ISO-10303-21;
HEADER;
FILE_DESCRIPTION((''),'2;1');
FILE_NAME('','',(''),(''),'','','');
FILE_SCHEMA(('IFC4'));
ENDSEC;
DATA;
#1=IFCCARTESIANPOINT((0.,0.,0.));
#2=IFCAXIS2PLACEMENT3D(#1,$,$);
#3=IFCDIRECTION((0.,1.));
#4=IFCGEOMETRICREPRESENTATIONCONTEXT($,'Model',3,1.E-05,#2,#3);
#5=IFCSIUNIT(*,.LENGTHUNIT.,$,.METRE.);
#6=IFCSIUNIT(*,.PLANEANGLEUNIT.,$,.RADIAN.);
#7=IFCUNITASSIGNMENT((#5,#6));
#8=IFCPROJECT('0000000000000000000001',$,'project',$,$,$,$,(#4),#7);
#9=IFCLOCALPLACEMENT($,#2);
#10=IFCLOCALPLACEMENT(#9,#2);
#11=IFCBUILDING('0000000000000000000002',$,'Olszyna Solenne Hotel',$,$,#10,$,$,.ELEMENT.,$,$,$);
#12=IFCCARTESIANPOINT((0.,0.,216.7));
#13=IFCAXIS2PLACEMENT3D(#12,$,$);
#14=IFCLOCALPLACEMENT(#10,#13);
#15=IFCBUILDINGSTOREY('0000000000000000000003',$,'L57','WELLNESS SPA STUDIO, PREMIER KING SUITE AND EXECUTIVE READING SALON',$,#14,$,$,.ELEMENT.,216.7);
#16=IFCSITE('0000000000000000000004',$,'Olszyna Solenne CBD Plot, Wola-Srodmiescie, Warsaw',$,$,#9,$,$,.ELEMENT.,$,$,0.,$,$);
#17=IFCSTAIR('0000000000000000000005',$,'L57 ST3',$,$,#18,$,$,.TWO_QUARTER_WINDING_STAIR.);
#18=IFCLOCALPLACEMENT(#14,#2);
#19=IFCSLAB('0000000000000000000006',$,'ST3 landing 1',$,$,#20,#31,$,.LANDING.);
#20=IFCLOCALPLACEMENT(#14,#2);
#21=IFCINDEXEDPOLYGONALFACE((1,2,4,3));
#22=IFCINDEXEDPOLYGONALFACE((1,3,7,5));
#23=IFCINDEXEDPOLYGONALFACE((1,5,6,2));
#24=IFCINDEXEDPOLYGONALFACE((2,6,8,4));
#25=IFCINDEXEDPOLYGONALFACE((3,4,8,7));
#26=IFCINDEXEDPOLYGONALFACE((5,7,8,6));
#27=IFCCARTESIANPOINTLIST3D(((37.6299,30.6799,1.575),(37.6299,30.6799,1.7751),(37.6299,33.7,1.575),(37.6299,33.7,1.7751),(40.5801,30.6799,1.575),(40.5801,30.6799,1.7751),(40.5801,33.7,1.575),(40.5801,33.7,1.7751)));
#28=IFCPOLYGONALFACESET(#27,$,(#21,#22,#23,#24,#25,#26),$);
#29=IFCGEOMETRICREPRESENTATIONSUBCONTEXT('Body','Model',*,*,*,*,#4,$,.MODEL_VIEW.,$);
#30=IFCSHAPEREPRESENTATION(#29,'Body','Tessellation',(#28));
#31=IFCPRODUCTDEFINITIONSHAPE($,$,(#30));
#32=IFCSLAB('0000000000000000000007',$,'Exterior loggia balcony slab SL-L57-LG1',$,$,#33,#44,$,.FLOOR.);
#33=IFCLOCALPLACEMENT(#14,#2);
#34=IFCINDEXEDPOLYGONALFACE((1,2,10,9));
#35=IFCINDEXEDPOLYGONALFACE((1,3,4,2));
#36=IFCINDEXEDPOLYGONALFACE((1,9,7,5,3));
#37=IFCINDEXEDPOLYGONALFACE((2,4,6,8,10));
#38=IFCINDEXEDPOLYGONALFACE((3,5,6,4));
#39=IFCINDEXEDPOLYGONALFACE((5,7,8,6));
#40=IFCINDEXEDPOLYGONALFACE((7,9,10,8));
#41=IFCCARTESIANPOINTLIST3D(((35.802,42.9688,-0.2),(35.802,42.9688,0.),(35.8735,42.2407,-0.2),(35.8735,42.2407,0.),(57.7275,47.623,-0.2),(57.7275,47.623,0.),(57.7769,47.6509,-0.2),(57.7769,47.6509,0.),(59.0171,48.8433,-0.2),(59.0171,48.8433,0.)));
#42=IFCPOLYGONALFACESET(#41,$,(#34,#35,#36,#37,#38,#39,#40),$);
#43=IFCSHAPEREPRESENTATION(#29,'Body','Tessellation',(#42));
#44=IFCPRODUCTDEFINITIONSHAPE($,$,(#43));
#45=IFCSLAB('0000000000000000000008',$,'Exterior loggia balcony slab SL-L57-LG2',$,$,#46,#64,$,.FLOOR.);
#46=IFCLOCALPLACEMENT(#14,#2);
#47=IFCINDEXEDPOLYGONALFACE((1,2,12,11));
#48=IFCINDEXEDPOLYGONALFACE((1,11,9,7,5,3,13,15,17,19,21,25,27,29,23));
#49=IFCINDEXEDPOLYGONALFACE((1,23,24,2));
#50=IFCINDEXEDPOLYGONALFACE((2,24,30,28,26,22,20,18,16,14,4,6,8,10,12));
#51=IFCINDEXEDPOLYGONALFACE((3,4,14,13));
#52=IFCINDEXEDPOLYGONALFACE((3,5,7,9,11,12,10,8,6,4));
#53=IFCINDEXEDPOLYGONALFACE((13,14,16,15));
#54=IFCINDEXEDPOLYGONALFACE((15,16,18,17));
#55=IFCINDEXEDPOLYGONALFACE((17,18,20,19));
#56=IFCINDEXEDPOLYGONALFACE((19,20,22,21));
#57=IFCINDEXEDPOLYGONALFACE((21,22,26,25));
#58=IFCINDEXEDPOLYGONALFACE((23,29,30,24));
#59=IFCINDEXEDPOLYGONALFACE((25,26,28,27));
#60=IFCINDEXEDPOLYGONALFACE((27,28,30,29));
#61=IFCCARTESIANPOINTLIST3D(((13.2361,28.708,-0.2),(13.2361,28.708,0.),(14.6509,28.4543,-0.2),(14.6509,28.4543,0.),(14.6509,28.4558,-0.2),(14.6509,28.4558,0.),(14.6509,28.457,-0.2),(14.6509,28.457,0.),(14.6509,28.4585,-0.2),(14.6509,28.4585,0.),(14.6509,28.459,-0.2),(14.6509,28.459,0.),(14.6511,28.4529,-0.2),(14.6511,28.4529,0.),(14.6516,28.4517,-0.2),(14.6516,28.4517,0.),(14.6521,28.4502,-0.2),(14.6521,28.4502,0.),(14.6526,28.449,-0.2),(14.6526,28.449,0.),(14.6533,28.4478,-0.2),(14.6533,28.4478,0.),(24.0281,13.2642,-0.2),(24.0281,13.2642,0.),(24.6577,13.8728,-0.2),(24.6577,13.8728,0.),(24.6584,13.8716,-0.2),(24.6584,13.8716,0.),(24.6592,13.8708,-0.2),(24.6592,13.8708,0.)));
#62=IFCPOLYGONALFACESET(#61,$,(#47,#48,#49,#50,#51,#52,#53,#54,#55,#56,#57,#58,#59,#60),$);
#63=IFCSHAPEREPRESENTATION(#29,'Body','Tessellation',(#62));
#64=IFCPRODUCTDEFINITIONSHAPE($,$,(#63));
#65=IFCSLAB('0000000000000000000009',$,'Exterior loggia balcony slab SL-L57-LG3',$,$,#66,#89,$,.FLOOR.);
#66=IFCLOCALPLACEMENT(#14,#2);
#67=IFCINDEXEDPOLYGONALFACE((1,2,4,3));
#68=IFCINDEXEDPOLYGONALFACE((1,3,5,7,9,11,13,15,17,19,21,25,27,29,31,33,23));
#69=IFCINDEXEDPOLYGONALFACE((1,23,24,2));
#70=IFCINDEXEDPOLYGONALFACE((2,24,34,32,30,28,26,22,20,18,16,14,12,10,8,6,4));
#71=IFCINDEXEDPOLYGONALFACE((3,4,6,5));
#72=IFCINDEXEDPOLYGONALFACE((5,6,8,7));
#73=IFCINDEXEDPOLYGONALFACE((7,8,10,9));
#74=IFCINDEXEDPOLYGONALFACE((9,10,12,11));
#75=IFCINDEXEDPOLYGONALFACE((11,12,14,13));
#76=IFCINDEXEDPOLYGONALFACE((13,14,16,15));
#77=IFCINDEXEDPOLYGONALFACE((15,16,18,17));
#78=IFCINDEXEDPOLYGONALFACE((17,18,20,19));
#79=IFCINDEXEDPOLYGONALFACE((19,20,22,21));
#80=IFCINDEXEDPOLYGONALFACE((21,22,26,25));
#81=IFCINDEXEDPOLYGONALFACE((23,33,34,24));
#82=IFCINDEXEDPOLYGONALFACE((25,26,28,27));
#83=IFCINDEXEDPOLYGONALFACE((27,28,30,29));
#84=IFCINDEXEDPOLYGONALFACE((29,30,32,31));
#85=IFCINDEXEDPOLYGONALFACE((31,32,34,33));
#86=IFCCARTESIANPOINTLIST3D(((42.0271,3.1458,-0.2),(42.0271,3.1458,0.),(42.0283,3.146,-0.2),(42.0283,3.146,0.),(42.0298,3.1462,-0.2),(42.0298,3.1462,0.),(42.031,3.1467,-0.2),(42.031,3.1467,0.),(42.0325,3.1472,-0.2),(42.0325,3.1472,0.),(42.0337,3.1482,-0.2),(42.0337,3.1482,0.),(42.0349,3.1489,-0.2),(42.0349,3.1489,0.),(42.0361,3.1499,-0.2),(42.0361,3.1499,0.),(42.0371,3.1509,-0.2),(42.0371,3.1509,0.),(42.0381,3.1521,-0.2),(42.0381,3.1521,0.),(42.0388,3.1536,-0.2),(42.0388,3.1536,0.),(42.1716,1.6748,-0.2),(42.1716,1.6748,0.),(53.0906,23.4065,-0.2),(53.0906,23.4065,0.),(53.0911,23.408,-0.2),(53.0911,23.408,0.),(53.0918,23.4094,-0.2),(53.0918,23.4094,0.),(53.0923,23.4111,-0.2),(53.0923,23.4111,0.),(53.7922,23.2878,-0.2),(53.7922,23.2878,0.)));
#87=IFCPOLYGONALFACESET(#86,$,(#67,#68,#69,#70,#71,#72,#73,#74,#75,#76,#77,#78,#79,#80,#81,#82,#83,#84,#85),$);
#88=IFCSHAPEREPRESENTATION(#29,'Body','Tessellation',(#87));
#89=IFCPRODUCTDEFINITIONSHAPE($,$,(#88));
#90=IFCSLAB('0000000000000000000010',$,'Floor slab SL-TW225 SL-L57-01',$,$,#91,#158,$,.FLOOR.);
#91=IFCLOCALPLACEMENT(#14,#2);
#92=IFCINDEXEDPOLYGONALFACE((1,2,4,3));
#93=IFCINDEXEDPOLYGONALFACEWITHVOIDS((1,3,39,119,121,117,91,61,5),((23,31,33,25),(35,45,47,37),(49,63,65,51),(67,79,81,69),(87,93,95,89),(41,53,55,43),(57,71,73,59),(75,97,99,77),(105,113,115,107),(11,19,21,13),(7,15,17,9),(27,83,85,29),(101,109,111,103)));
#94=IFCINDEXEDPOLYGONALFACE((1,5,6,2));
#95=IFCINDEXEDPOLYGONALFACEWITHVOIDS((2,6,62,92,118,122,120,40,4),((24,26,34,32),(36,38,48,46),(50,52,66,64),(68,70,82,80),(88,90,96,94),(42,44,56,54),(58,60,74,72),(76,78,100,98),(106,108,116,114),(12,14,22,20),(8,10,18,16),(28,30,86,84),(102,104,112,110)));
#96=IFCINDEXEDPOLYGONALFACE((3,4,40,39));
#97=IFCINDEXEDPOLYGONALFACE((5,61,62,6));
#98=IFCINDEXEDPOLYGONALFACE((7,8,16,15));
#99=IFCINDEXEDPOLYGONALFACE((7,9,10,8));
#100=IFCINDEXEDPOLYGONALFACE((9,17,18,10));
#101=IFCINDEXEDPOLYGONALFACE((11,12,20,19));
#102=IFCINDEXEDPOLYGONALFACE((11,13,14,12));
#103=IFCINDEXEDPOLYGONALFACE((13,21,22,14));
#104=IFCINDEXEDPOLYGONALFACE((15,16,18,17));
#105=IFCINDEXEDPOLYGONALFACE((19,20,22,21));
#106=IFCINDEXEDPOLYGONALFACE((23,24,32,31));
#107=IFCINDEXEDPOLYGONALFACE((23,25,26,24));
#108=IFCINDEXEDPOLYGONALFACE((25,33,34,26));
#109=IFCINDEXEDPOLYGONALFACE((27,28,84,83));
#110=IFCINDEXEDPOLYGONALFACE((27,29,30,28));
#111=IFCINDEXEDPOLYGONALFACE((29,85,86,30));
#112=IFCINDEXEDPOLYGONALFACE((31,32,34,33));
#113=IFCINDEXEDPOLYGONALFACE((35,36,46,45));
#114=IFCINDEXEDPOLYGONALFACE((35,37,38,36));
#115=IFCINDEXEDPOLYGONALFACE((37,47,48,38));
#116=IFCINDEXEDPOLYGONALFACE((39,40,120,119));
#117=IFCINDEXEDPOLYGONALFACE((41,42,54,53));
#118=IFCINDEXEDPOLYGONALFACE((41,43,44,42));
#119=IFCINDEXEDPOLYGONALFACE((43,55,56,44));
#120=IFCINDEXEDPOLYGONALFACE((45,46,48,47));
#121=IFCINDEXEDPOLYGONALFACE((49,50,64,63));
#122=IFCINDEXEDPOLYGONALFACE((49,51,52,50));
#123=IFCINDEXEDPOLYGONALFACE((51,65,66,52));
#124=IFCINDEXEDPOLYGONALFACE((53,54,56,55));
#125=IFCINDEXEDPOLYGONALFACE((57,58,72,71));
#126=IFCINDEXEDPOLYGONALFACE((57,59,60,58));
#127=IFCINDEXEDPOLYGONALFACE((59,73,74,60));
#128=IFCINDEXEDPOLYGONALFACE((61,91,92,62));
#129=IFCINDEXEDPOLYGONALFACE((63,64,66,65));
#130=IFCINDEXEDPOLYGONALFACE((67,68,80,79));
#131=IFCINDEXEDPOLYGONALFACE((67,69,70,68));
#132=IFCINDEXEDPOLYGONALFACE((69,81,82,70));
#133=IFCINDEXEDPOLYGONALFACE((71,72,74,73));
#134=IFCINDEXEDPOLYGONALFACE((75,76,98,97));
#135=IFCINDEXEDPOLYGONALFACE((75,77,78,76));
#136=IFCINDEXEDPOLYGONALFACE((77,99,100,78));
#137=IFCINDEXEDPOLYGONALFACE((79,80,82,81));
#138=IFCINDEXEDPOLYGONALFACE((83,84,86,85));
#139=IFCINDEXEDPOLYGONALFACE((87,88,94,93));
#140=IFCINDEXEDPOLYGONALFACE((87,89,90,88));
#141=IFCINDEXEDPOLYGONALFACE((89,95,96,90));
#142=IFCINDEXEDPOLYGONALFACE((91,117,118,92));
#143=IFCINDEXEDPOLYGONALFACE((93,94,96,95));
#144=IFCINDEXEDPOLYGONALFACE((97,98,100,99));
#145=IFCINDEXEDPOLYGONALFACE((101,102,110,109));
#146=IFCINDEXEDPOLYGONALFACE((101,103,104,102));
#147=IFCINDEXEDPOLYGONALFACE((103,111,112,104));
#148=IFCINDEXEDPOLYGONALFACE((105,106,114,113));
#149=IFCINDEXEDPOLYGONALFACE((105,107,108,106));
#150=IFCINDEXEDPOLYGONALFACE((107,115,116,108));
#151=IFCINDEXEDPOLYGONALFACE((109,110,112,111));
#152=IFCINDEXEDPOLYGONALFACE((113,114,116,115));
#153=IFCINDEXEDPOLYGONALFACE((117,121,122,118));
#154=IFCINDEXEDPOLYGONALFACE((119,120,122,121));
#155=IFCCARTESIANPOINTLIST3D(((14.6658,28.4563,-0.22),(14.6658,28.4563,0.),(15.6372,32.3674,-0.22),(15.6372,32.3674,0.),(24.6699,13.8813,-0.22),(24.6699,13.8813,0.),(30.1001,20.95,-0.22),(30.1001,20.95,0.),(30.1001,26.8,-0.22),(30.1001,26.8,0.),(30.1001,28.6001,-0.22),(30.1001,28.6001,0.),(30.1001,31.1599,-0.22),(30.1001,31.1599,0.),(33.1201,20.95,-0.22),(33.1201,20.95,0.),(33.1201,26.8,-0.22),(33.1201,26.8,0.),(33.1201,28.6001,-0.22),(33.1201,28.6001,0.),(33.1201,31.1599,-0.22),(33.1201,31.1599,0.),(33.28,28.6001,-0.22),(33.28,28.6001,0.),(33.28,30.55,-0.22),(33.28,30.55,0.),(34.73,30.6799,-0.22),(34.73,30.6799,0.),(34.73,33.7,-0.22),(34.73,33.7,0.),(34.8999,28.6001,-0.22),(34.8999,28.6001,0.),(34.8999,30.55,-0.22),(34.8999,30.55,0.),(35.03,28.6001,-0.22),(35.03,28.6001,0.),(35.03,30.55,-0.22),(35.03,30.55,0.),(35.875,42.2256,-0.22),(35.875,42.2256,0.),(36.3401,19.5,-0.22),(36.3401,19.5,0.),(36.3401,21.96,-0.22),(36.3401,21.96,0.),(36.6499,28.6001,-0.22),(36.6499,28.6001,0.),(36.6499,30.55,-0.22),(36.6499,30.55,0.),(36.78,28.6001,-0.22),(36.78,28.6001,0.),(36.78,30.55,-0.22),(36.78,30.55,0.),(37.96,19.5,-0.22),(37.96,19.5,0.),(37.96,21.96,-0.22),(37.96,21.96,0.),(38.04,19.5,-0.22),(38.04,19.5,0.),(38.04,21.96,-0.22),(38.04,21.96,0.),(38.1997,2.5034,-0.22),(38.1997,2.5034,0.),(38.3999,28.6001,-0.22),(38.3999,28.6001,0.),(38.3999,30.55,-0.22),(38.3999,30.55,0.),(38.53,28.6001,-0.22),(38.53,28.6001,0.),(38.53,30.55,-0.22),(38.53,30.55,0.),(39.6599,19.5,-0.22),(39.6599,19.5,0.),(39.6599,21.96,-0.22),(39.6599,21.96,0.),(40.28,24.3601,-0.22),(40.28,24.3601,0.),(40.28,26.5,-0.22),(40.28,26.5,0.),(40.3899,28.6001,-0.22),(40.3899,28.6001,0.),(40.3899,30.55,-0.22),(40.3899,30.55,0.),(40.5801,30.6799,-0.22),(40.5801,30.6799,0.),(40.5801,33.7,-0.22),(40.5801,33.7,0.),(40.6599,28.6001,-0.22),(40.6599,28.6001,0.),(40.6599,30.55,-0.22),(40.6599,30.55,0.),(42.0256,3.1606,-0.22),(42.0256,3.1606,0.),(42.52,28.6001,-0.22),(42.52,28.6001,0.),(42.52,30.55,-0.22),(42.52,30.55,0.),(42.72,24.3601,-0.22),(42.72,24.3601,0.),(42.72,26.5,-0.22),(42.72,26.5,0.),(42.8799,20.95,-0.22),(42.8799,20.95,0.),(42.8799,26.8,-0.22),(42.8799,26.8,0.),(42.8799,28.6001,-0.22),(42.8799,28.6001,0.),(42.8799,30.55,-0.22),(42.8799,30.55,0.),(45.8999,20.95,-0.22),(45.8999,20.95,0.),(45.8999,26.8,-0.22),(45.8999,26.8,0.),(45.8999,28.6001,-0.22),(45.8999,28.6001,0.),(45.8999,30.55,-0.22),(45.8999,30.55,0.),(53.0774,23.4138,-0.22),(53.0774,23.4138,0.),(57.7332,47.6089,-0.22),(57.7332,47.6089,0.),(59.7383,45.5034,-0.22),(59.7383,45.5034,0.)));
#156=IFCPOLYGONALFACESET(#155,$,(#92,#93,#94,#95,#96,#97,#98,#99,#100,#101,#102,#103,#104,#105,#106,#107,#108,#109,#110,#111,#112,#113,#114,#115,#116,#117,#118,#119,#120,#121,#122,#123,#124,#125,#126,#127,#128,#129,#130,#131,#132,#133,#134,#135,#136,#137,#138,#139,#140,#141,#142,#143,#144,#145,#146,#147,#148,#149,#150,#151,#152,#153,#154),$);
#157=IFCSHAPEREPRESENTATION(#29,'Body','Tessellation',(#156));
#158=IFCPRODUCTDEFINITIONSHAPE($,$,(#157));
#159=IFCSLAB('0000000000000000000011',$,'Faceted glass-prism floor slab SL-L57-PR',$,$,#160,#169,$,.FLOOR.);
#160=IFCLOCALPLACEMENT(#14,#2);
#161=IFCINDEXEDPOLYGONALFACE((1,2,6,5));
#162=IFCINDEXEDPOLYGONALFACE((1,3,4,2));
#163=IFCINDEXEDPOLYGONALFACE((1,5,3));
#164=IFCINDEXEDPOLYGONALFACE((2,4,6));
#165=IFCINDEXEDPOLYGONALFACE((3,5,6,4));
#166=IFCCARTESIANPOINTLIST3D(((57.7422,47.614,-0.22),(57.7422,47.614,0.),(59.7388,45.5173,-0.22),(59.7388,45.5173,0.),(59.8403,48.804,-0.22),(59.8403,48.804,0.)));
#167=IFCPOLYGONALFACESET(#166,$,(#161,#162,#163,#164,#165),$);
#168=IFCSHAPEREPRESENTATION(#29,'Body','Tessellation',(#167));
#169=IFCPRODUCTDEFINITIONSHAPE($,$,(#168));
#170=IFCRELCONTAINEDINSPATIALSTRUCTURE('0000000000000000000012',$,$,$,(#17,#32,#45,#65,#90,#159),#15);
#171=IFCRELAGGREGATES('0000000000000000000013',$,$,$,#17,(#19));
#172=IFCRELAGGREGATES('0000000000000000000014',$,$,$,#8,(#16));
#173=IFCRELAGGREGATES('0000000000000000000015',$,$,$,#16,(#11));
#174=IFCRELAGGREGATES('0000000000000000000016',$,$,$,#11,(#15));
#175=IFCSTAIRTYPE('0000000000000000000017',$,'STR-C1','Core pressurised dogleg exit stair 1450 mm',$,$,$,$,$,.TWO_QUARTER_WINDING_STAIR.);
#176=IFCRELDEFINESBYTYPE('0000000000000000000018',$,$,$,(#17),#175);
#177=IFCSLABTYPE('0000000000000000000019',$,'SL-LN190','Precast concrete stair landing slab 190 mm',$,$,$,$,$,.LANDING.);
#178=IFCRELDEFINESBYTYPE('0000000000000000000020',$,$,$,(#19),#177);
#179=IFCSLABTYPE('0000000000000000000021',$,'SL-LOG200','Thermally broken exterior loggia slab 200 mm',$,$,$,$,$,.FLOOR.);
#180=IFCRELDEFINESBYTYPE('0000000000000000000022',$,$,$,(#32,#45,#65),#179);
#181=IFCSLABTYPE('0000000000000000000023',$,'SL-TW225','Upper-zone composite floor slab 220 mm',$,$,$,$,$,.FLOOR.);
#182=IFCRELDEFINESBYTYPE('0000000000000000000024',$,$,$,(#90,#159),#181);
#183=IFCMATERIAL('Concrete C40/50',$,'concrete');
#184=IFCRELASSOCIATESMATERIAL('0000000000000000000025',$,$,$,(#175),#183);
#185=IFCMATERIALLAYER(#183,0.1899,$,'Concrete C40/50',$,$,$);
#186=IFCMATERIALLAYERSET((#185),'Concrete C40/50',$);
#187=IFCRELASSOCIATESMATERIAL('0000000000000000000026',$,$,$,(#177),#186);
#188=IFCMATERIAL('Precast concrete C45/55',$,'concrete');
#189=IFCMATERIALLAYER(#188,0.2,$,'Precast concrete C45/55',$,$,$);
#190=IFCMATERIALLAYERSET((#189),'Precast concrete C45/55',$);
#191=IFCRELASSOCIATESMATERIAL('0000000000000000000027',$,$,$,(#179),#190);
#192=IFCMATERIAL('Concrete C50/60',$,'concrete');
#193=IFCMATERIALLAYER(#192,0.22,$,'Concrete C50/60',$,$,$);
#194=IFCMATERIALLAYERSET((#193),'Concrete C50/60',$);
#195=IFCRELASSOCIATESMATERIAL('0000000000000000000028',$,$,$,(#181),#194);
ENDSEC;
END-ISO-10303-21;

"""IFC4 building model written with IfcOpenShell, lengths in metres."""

from ifc_helpers import new_model, si_unit, direction, frame, origin, place, context, subcontext, project, spatial, polyline, outline, extrude, material, layer, layer_set, type_object, element, aggregate, save


model = new_model("IFC4")

# Units and contexts
model_context = context("Model", 3, precision=1e-05, world=origin(), true_north=direction((0.0, 1.0)))
body_context = subcontext(model_context, "Body", "Model", "MODEL_VIEW")
ifc_project = project(units=[si_unit("LENGTHUNIT", "METRE"), si_unit("PLANEANGLEUNIT", "RADIAN")], contexts=[model_context])

# Site, building, storey
site_placement = place(None, origin())
site = spatial("IfcSite", under=ifc_project, at=site_placement, Name="Olszyna Solenne CBD Plot, Wola-Srodmiescie, Warsaw", CompositionType="ELEMENT", RefElevation=0.0)
building_placement = place(site_placement, origin())
building = spatial("IfcBuilding", under=site, at=building_placement, Name="Olszyna Solenne Hotel", CompositionType="ELEMENT")
storey_placement = place(building_placement, frame((0.0, 0.0, 216.7)))
storey = spatial("IfcBuildingStorey", under=building, at=storey_placement, Name="L57", Description="WELLNESS SPA STUDIO, PREMIER KING SUITE AND EXECUTIVE READING SALON", CompositionType="ELEMENT", Elevation=216.7)

# Stair, slab
ifc_material_1 = material(Name="Concrete C40/50", Category="concrete")
stair_type = type_object("IfcStairType", Name="STR-C1", Description="Core pressurised dogleg exit stair 1450 mm", PredefinedType="TWO_QUARTER_WINDING_STAIR", material=ifc_material_1)
ifc_layer_1 = layer(ifc_material_1, 0.1899, Name="Concrete C40/50")
ifc_layer_set_1 = layer_set([ifc_layer_1], Name="Concrete C40/50")
slab_type_1 = type_object("IfcSlabType", Name="SL-LN190", Description="Precast concrete stair landing slab 190 mm", PredefinedType="LANDING", material=ifc_layer_set_1)
stair_1_placement = place(storey_placement, origin())
stair_1 = element("IfcStair", 1, at=stair_1_placement, inside=storey, type_object=stair_type, Name="L57 ST3", PredefinedType="TWO_QUARTER_WINDING_STAIR")
slab_1_placement = place(storey_placement, frame((0.0, 0.0, 1.575)))
slab_1 = element("IfcSlab", 2, at=slab_1_placement, type_object=slab_type_1, Name="ST3 landing 1", PredefinedType="LANDING", context=body_context, shape_type="SweptSolid", body=[
    extrude(outline(polyline([(37.6299, 30.6799), (40.5801, 30.6799), (40.5801, 33.7), (37.6299, 33.7), (37.6299, 30.6799)])), origin(), (0.0, 0.0, 1.0), 0.2002),
])
aggregate(stair_1, [slab_1])

# Slabs
ifc_material_2 = material(Name="Precast concrete C45/55", Category="concrete")
ifc_layer_2 = layer(ifc_material_2, 0.2, Name="Precast concrete C45/55")
ifc_layer_set_2 = layer_set([ifc_layer_2], Name="Precast concrete C45/55")
slab_type_2 = type_object("IfcSlabType", Name="SL-LOG200", Description="Thermally broken exterior loggia slab 200 mm", PredefinedType="FLOOR", material=ifc_layer_set_2)
slab_2_placement = place(storey_placement, frame((0.0, 0.0, -0.2)))
element("IfcSlab", 3, at=slab_2_placement, inside=storey, type_object=slab_type_2, Name="Exterior loggia balcony slab SL-L57-LG1", PredefinedType="FLOOR", context=body_context, shape_type="SweptSolid", body=[
    extrude(outline(polyline([(35.8735, 42.2407), (57.7275, 47.623), (57.7769, 47.6509), (59.0171, 48.8433), (35.802, 42.9688), (35.8735, 42.2407)])), origin(), (0.0, 0.0, 1.0), 0.2),
])
slab_3_placement = place(storey_placement, frame((0.0, 0.0, -0.2)))
element("IfcSlab", 4, at=slab_3_placement, inside=storey, type_object=slab_type_2, Name="Exterior loggia balcony slab SL-L57-LG2", PredefinedType="FLOOR", context=body_context, shape_type="SweptSolid", body=[
    extrude(outline(polyline([(24.6592, 13.8708), (24.6584, 13.8716), (24.6577, 13.8728), (14.6533, 28.4478), (14.6526, 28.449), (14.6521, 28.4502), (14.6516, 28.4517), (14.6511, 28.4529), (14.6509, 28.4543), (14.6509, 28.4558), (14.6509, 28.457), (14.6509, 28.4585), (14.6509, 28.459), (13.2361, 28.708), (24.0281, 13.2642), (24.6592, 13.8708)])), origin(), (0.0, 0.0, 1.0), 0.2),
])
slab_4_placement = place(storey_placement, frame((0.0, 0.0, -0.2)))
element("IfcSlab", 5, at=slab_4_placement, inside=storey, type_object=slab_type_2, Name="Exterior loggia balcony slab SL-L57-LG3", PredefinedType="FLOOR", context=body_context, shape_type="SweptSolid", body=[
    extrude(outline(polyline([(53.0923, 23.4111), (53.0918, 23.4094), (53.0911, 23.408), (53.0906, 23.4065), (42.0388, 3.1536), (42.0381, 3.1521), (42.0371, 3.1509), (42.0361, 3.1499), (42.0349, 3.1489), (42.0337, 3.1482), (42.0325, 3.1472), (42.031, 3.1467), (42.0298, 3.1462), (42.0283, 3.146), (42.0271, 3.1458), (42.1716, 1.6748), (53.7922, 23.2878), (53.0923, 23.4111)])), origin(), (0.0, 0.0, 1.0), 0.2),
])
ifc_material_3 = material(Name="Concrete C50/60", Category="concrete")
ifc_layer_3 = layer(ifc_material_3, 0.22, Name="Concrete C50/60")
ifc_layer_set_3 = layer_set([ifc_layer_3], Name="Concrete C50/60")
slab_type_3 = type_object("IfcSlabType", Name="SL-TW225", Description="Upper-zone composite floor slab 220 mm", PredefinedType="FLOOR", material=ifc_layer_set_3)
slab_5_placement = place(storey_placement, frame((0.0, 0.0, -0.22)))
element("IfcSlab", 6, at=slab_5_placement, inside=storey, type_object=slab_type_3, Name="Floor slab SL-TW225 SL-L57-01", PredefinedType="FLOOR", context=body_context, shape_type="SweptSolid", body=[
    extrude(outline(polyline([(59.7383, 45.5034), (57.7332, 47.6089), (35.875, 42.2256), (15.6372, 32.3674), (14.6658, 28.4563), (24.6699, 13.8813), (38.1997, 2.5034), (42.0256, 3.1606), (53.0774, 23.4138), (59.7383, 45.5034)]), holes=[polyline([(30.1001, 20.95), (33.1201, 20.95), (33.1201, 26.8), (30.1001, 26.8), (30.1001, 20.95)]), polyline([(42.8799, 20.95), (45.8999, 20.95), (45.8999, 26.8), (42.8799, 26.8), (42.8799, 20.95)]), polyline([(34.73, 30.6799), (40.5801, 30.6799), (40.5801, 33.7), (34.73, 33.7), (34.73, 30.6799)]), polyline([(36.3401, 19.5), (37.96, 19.5), (37.96, 21.96), (36.3401, 21.96), (36.3401, 19.5)]), polyline([(38.04, 19.5), (39.6599, 19.5), (39.6599, 21.96), (38.04, 21.96), (38.04, 19.5)]), polyline([(30.1001, 28.6001), (33.1201, 28.6001), (33.1201, 31.1599), (30.1001, 31.1599), (30.1001, 28.6001)]), polyline([(40.28, 24.3601), (42.72, 24.3601), (42.72, 26.5), (40.28, 26.5), (40.28, 24.3601)]), polyline([(33.28, 28.6001), (34.8999, 28.6001), (34.8999, 30.55), (33.28, 30.55), (33.28, 28.6001)]), polyline([(35.03, 28.6001), (36.6499, 28.6001), (36.6499, 30.55), (35.03, 30.55), (35.03, 28.6001)]), polyline([(36.78, 28.6001), (38.3999, 28.6001), (38.3999, 30.55), (36.78, 30.55), (36.78, 28.6001)]), polyline([(38.53, 28.6001), (40.3899, 28.6001), (40.3899, 30.55), (38.53, 30.55), (38.53, 28.6001)]), polyline([(40.6599, 28.6001), (42.52, 28.6001), (42.52, 30.55), (40.6599, 30.55), (40.6599, 28.6001)]), polyline([(42.8799, 28.6001), (45.8999, 28.6001), (45.8999, 30.55), (42.8799, 30.55), (42.8799, 28.6001)])]), origin(), (0.0, 0.0, 1.0), 0.22),
])
slab_6_placement = place(storey_placement, frame((0.0, 0.0, -0.22)))
element("IfcSlab", 7, at=slab_6_placement, inside=storey, type_object=slab_type_3, Name="Faceted glass-prism floor slab SL-L57-PR", PredefinedType="FLOOR", context=body_context, shape_type="SweptSolid", body=[
    extrude(outline(polyline([(57.7422, 47.614), (59.7388, 45.5173), (59.8403, 48.804), (57.7422, 47.614)])), origin(), (0.0, 0.0, 1.0), 0.22),
])

save(model, "model.ifc")
